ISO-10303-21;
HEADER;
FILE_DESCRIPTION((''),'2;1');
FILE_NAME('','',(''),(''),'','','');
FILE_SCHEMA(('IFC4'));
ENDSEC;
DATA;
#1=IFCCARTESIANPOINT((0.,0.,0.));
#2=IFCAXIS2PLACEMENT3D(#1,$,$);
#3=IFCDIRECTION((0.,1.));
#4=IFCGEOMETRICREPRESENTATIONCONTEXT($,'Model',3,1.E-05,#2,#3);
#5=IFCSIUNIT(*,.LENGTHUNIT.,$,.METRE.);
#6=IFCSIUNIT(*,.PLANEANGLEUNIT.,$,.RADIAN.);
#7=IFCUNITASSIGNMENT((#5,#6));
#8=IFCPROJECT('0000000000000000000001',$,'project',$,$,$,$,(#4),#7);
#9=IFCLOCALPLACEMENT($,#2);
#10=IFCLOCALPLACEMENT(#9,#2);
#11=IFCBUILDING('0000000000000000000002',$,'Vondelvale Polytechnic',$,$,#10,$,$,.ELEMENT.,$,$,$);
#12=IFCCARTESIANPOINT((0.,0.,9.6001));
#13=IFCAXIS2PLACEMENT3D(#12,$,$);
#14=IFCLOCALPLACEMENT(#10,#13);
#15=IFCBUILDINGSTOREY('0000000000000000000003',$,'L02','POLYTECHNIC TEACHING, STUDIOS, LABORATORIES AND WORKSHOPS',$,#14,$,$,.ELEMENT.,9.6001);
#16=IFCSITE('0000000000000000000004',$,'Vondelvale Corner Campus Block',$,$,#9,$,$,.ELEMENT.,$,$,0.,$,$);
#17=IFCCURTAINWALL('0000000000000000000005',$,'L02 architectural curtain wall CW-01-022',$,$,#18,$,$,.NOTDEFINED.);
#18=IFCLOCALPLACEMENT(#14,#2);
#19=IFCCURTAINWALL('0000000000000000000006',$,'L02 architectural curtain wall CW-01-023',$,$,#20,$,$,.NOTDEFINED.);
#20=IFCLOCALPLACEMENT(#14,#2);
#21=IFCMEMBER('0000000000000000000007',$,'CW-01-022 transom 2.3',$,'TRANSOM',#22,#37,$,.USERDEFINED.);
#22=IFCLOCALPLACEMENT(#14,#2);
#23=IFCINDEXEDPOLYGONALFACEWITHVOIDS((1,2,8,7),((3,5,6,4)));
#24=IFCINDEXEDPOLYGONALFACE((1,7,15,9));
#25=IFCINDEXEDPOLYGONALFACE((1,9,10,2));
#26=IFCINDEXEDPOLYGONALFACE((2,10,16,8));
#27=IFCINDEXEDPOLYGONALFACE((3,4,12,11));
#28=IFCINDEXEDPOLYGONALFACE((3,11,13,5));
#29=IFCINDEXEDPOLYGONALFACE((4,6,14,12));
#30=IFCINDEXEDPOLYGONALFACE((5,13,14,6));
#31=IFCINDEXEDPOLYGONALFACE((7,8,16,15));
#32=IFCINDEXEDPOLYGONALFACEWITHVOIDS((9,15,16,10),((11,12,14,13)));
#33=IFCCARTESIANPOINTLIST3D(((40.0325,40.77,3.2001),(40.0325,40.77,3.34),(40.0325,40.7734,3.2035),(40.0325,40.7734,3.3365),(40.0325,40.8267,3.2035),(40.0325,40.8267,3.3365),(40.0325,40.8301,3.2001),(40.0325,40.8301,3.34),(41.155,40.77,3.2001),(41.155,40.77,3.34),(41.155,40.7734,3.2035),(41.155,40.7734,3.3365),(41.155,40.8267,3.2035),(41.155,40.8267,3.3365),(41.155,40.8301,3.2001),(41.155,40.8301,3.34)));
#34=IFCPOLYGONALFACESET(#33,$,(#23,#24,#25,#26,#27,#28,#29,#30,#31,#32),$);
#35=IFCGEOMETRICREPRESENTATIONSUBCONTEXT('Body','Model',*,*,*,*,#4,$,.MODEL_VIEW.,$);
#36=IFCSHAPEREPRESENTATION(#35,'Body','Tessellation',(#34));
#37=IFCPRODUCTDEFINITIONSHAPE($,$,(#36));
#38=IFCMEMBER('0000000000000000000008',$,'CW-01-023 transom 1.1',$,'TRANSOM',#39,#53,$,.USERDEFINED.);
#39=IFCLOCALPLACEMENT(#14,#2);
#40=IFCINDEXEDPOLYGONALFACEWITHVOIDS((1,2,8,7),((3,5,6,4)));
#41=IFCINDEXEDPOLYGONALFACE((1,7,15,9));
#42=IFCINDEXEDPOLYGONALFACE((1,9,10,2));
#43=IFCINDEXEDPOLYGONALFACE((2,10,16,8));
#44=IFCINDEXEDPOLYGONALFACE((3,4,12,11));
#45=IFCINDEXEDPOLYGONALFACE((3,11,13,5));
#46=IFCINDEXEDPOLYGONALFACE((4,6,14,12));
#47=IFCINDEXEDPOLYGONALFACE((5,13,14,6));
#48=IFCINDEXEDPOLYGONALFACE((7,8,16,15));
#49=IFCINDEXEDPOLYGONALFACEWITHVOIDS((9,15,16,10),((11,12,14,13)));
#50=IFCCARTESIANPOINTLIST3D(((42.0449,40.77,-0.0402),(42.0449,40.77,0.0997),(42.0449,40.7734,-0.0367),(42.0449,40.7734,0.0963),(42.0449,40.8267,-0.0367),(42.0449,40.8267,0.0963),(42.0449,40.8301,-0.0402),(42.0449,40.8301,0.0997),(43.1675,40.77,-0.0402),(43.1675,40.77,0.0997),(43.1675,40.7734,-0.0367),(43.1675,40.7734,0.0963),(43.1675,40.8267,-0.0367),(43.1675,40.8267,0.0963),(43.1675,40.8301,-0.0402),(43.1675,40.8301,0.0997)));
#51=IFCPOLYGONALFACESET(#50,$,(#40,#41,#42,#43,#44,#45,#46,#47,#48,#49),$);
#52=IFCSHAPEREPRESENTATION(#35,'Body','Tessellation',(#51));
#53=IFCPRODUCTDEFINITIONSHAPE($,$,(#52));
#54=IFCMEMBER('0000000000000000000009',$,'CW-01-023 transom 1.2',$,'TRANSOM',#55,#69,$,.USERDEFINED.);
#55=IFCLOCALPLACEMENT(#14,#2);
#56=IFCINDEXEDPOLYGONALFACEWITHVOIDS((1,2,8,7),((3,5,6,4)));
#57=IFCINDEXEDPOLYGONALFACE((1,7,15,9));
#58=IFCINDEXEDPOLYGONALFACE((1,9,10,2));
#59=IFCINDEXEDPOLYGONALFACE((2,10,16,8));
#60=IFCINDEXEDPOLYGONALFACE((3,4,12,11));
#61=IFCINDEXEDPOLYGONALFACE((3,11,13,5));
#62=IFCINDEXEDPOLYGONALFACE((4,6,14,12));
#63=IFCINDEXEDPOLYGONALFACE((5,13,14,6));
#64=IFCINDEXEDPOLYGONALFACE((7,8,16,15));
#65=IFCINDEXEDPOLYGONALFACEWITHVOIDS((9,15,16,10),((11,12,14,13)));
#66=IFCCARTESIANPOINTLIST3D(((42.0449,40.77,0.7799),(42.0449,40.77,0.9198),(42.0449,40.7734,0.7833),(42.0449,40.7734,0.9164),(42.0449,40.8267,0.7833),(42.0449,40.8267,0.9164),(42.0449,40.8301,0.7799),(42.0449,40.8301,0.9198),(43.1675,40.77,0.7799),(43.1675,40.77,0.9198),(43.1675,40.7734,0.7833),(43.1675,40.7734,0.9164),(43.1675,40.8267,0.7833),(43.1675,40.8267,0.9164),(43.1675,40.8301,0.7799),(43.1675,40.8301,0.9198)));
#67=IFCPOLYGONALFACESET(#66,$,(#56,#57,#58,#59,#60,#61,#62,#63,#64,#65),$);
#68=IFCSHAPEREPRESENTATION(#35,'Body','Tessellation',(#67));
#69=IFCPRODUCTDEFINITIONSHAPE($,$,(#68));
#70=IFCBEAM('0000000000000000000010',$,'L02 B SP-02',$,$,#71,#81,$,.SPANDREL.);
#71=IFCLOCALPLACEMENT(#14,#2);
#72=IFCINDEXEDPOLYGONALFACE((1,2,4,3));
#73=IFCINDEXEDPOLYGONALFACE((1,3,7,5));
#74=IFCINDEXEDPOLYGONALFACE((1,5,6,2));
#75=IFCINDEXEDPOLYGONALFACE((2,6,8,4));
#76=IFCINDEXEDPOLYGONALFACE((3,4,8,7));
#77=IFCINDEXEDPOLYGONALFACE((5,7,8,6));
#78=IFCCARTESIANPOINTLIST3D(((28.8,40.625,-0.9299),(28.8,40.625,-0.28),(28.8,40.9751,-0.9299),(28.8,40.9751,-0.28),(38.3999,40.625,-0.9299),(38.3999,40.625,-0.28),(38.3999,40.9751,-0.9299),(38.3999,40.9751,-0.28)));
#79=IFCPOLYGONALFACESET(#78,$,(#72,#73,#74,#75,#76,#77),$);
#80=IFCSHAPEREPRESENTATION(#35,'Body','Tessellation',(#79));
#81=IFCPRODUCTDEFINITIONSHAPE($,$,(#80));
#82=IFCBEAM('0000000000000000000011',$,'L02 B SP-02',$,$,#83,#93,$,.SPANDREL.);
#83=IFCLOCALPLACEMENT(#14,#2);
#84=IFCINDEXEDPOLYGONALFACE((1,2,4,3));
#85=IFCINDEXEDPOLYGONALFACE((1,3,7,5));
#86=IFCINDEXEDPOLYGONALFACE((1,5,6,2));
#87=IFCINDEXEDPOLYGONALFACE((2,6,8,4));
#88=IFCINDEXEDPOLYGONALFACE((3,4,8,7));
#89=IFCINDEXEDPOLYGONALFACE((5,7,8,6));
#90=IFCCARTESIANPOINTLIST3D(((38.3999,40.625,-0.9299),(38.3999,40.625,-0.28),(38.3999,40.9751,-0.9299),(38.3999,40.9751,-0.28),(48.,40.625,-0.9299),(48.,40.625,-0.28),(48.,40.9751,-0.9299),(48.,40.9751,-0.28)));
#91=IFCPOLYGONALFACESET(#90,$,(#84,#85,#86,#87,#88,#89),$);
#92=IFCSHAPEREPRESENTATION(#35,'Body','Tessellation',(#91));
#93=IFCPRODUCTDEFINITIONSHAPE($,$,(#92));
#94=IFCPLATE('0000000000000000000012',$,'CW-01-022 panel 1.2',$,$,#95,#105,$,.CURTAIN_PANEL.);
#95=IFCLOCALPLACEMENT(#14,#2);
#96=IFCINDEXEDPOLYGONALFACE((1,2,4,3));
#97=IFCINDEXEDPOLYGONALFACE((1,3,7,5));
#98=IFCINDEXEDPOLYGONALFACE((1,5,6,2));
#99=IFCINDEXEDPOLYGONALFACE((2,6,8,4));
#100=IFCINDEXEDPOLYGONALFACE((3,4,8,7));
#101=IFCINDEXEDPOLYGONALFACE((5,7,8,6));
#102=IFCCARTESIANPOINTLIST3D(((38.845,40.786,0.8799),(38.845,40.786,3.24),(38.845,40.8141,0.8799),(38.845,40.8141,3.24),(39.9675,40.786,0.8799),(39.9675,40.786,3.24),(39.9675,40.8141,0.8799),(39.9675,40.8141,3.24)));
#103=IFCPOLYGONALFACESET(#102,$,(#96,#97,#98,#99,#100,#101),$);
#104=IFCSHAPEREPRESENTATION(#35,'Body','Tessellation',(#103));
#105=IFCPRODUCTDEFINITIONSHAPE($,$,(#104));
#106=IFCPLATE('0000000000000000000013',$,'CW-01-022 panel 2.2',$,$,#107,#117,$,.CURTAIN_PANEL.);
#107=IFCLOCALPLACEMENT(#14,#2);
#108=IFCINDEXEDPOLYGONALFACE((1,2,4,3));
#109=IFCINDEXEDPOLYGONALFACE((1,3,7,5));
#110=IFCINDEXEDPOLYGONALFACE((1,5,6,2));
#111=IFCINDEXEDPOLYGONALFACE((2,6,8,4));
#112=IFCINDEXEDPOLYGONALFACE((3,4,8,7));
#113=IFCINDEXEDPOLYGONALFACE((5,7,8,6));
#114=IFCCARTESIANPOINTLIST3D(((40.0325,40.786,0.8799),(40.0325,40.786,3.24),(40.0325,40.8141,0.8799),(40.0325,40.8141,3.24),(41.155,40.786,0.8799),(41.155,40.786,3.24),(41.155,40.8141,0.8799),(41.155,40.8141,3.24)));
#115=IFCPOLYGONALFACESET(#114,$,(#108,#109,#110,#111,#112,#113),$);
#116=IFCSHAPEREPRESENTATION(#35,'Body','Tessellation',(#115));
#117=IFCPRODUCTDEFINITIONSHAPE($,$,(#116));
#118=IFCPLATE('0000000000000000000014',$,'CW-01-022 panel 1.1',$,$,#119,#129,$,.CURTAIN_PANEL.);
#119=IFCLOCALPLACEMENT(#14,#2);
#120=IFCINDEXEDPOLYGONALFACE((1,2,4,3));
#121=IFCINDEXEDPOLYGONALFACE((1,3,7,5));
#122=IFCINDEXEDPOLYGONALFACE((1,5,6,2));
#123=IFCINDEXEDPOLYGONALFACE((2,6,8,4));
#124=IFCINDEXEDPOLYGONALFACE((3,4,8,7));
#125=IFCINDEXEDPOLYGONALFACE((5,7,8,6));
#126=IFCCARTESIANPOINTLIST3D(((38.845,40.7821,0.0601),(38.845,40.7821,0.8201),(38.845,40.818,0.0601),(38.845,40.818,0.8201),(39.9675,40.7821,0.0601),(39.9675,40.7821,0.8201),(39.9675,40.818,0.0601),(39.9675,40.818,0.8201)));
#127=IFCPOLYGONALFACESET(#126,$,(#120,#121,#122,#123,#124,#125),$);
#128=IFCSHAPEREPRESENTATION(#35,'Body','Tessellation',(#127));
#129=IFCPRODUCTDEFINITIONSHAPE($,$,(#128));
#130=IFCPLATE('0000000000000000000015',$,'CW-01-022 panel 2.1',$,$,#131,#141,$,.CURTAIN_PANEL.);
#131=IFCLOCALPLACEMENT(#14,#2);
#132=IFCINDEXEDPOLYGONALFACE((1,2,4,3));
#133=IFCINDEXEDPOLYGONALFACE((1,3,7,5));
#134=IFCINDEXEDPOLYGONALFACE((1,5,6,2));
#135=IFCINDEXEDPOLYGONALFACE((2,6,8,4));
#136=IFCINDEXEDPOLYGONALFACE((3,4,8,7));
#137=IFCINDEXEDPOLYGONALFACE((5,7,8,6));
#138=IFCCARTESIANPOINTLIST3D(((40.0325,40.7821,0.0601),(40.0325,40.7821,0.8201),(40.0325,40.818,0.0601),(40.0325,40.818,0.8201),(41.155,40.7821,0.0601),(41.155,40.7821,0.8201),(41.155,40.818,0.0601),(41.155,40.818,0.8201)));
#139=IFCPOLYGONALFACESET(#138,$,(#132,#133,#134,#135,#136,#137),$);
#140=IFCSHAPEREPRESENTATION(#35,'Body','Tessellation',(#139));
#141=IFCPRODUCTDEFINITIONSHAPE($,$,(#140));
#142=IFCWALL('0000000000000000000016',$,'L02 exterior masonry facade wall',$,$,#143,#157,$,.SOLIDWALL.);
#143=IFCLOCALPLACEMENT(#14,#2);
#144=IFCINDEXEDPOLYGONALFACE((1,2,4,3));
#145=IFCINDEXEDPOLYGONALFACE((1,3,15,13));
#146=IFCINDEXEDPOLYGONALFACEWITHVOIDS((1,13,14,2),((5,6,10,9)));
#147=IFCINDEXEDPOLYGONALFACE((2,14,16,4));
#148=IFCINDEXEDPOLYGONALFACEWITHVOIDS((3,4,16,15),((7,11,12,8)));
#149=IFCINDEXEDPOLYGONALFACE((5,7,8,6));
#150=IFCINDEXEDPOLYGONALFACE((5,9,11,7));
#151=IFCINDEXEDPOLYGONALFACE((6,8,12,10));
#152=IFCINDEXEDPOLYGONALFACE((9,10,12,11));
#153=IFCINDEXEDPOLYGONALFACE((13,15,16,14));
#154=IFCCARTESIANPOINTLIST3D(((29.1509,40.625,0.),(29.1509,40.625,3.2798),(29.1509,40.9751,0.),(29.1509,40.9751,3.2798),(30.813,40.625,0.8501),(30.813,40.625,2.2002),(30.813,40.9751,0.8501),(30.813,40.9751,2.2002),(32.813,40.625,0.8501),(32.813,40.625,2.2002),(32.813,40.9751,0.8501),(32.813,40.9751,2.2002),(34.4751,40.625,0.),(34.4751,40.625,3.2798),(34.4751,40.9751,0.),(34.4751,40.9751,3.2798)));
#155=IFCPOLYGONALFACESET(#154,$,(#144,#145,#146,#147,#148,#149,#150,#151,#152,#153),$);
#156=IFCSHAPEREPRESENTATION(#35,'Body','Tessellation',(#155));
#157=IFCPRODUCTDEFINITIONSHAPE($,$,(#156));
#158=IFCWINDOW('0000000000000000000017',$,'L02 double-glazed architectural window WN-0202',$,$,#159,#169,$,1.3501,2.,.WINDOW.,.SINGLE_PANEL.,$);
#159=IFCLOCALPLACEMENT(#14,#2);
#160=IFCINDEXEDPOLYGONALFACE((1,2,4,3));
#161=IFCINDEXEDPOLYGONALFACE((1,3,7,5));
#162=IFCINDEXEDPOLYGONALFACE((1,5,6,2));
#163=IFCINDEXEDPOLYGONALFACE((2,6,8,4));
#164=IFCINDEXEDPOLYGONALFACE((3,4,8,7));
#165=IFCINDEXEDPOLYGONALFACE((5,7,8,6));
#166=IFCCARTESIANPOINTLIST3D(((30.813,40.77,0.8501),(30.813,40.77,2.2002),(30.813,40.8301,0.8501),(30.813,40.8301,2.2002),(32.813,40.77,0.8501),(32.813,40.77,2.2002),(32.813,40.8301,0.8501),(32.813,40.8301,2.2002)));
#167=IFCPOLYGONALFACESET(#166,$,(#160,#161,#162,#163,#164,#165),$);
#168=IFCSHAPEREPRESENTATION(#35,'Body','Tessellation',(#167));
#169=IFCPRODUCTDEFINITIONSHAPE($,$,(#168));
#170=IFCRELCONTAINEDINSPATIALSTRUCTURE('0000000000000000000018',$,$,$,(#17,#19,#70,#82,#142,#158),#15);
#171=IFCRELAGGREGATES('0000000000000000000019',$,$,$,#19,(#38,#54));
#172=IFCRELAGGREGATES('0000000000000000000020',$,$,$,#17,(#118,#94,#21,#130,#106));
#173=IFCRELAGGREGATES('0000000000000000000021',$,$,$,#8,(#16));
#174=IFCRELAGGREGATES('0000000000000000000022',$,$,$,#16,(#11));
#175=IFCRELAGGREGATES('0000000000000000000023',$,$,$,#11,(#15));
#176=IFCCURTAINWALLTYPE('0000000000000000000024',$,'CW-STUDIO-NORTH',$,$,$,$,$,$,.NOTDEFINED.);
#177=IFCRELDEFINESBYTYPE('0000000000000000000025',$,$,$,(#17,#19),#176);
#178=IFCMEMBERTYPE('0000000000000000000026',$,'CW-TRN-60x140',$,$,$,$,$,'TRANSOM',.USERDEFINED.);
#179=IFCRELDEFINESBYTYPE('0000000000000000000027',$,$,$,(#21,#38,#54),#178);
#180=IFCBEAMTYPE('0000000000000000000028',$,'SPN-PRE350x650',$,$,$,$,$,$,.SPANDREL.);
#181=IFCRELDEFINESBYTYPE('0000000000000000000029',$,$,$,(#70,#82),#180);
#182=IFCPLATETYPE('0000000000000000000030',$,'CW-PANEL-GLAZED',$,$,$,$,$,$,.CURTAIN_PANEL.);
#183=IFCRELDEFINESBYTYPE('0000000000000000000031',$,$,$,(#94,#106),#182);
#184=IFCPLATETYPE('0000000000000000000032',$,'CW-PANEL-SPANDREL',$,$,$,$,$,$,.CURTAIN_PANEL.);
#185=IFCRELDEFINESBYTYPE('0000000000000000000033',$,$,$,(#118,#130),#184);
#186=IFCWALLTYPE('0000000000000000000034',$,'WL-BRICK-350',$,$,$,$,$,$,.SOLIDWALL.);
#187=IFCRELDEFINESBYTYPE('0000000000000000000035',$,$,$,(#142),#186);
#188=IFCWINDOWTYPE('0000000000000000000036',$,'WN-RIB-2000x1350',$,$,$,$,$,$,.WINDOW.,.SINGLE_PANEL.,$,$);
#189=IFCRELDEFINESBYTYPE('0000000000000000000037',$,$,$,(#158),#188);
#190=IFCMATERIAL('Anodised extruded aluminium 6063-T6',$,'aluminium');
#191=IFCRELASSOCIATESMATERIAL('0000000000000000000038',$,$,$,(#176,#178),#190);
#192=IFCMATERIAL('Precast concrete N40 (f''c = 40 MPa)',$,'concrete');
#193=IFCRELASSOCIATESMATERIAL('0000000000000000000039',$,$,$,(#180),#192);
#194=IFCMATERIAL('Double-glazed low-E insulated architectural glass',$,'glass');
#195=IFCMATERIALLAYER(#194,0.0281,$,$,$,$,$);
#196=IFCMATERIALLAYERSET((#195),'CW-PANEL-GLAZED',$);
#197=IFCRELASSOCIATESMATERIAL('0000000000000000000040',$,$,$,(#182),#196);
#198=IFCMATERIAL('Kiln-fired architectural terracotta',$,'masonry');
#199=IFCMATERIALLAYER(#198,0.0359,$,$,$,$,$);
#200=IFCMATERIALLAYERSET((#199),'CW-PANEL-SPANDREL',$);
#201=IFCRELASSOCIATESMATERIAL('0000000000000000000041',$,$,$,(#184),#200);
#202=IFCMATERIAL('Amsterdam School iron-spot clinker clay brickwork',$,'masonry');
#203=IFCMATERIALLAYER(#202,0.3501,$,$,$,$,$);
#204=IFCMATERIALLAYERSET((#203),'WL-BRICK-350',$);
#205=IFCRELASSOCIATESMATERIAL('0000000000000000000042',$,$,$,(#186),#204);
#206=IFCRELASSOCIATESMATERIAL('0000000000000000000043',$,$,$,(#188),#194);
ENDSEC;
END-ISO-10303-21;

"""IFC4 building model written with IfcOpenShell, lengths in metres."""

from ifc_helpers import new_model, si_unit, direction, frame, frame_2d, origin, origin_2d, place, context, subcontext, project, spatial, rectangle, hollow_rectangle, extrude, material, layer, layer_set, material_profile, profile_set, type_object, element, fill, aggregate, save


model = new_model("IFC4")

# Units and contexts
model_context = context("Model", 3, precision=1e-05, world=origin(), true_north=direction((0.0, 1.0)))
body_context = subcontext(model_context, "Body", "Model", "MODEL_VIEW")
ifc_project = project(units=[si_unit("LENGTHUNIT", "METRE"), si_unit("PLANEANGLEUNIT", "RADIAN")], contexts=[model_context])

# Site, building, storey
site_placement = place(None, origin())
site = spatial("IfcSite", under=ifc_project, at=site_placement, Name="Vondelvale Corner Campus Block", CompositionType="ELEMENT", RefElevation=0.0)
building_placement = place(site_placement, origin())
building = spatial("IfcBuilding", under=site, at=building_placement, Name="Vondelvale Polytechnic", CompositionType="ELEMENT")
storey_placement = place(building_placement, frame((0.0, 0.0, 9.6001)))
storey = spatial("IfcBuildingStorey", under=building, at=storey_placement, Name="L02", Description="POLYTECHNIC TEACHING, STUDIOS, LABORATORIES AND WORKSHOPS", CompositionType="ELEMENT", Elevation=9.6001)

# Curtain wall
ifc_material_1 = material(Name="Anodised extruded aluminium 6063-T6", Category="aluminium")
curtain_wall_type = type_object("IfcCurtainWallType", Name="CW-STUDIO-NORTH", PredefinedType="NOTDEFINED", material=ifc_material_1)
curtain_wall_1_placement = place(storey_placement, origin())
curtain_wall_1 = element("IfcCurtainWall", 1, at=curtain_wall_1_placement, inside=storey, type_object=curtain_wall_type, Name="L02 architectural curtain wall CW-01-022", PredefinedType="NOTDEFINED")

# Curtain wall
curtain_wall_2_placement = place(storey_placement, origin())
curtain_wall_2 = element("IfcCurtainWall", 2, at=curtain_wall_2_placement, inside=storey, type_object=curtain_wall_type, Name="L02 architectural curtain wall CW-01-023", PredefinedType="NOTDEFINED")

# Members
ifc_material_profile_1 = material_profile(ifc_material_1, hollow_rectangle(XDim=0.0601, YDim=0.1399, WallThickness=0.0034, at=origin_2d()), Name="CW-TRN-140x60")
ifc_profile_set_1 = profile_set([ifc_material_profile_1], Name="Anodised extruded aluminium 6063-T6")
member_type_1 = type_object("IfcMemberType", Name="CW-TRN-60x140", ElementType="TRANSOM", PredefinedType="USERDEFINED", material=ifc_profile_set_1)
member_1_placement = place(storey_placement, frame((40.0325, 40.8, 3.27), z_axis=(1.0, 0.0, 0.0), x_axis=(0.0, 1.0, 0.0)))
member_1 = element("IfcMember", 3, at=member_1_placement, type_object=member_type_1, Name="CW-01-022 transom 2.3", ObjectType="TRANSOM", PredefinedType="USERDEFINED", context=body_context, shape_type="SweptSolid", body=[
    extrude(hollow_rectangle(XDim=0.0601, YDim=0.1399, WallThickness=0.0034, at=origin_2d()), origin(), (0.0, 0.0, 1.0), 1.1226),
])
member_2_placement = place(storey_placement, frame((42.0449, 40.8, 0.0298), z_axis=(1.0, 0.0, 0.0), x_axis=(0.0, 1.0, 0.0)))
member_2 = element("IfcMember", 4, at=member_2_placement, type_object=member_type_1, Name="CW-01-023 transom 1.1", ObjectType="TRANSOM", PredefinedType="USERDEFINED", context=body_context, shape_type="SweptSolid", body=[
    extrude(hollow_rectangle(XDim=0.0601, YDim=0.1399, WallThickness=0.0034, at=origin_2d()), origin(), (0.0, 0.0, 1.0), 1.1226),
])
member_3_placement = place(storey_placement, frame((42.0449, 40.8, 0.8499), z_axis=(1.0, 0.0, 0.0), x_axis=(0.0, 1.0, 0.0)))
member_3 = element("IfcMember", 5, at=member_3_placement, type_object=member_type_1, Name="CW-01-023 transom 1.2", ObjectType="TRANSOM", PredefinedType="USERDEFINED", context=body_context, shape_type="SweptSolid", body=[
    extrude(hollow_rectangle(XDim=0.0601, YDim=0.1399, WallThickness=0.0034, at=origin_2d()), origin(), (0.0, 0.0, 1.0), 1.1226),
])
aggregate(curtain_wall_2, [member_2, member_3])

# Beams
ifc_material_2 = material(Name="Precast concrete N40 (f'c = 40 MPa)", Category="concrete")
ifc_material_profile_2 = material_profile(ifc_material_2, rectangle(XDim=0.3501, YDim=0.6499, at=origin_2d()), Name="RC-SPN-350x650")
ifc_profile_set_2 = profile_set([ifc_material_profile_2], Name="Precast concrete N40 (f'c = 40 MPa)")
beam_type = type_object("IfcBeamType", Name="SPN-PRE350x650", PredefinedType="SPANDREL", material=ifc_profile_set_2)
beam_1_placement = place(storey_placement, frame((28.8, 40.8, -0.605), z_axis=(1.0, 0.0, 0.0), x_axis=(0.0, 1.0, 0.0)))
element("IfcBeam", 6, at=beam_1_placement, inside=storey, type_object=beam_type, Name="L02 B SP-02", PredefinedType="SPANDREL", context=body_context, shape_type="SweptSolid", body=[
    extrude(rectangle(XDim=0.3501, YDim=0.6499, at=origin_2d()), origin(), (0.0, 0.0, 1.0), 9.5999),
])
beam_2_placement = place(storey_placement, frame((38.3999, 40.8, -0.605), z_axis=(1.0, 0.0, 0.0), x_axis=(0.0, 1.0, 0.0)))
element("IfcBeam", 7, at=beam_2_placement, inside=storey, type_object=beam_type, Name="L02 B SP-02", PredefinedType="SPANDREL", context=body_context, shape_type="SweptSolid", body=[
    extrude(rectangle(XDim=0.3501, YDim=0.6499, at=origin_2d()), origin(), (0.0, 0.0, 1.0), 9.6001),
])

# Plates
ifc_material_3 = material(Name="Double-glazed low-E insulated architectural glass", Category="glass")
ifc_layer_1 = layer(ifc_material_3, 0.0281)
ifc_layer_set_1 = layer_set([ifc_layer_1], Name="CW-PANEL-GLAZED")
plate_type_1 = type_object("IfcPlateType", Name="CW-PANEL-GLAZED", PredefinedType="CURTAIN_PANEL", material=ifc_layer_set_1)
plate_1_placement = place(storey_placement, frame((39.4062, 40.8, 0.8799), z_axis=(0.0, 0.0, 1.0), x_axis=(1.0, 0.0, 0.0)))
plate_1 = element("IfcPlate", 8, at=plate_1_placement, type_object=plate_type_1, Name="CW-01-022 panel 1.2", PredefinedType="CURTAIN_PANEL", context=body_context, shape_type="SweptSolid", body=[
    extrude(rectangle(XDim=1.1226, YDim=0.0281, at=origin_2d()), origin(), (0.0, 0.0, 1.0), 2.3601),
])
plate_2_placement = place(storey_placement, frame((40.5938, 40.8, 0.8799), z_axis=(0.0, 0.0, 1.0), x_axis=(1.0, 0.0, 0.0)))
plate_2 = element("IfcPlate", 9, at=plate_2_placement, type_object=plate_type_1, Name="CW-01-022 panel 2.2", PredefinedType="CURTAIN_PANEL", context=body_context, shape_type="SweptSolid", body=[
    extrude(rectangle(XDim=1.1226, YDim=0.0281, at=origin_2d()), origin(), (0.0, 0.0, 1.0), 2.3601),
])
ifc_material_4 = material(Name="Kiln-fired architectural terracotta", Category="masonry")
ifc_layer_2 = layer(ifc_material_4, 0.0359)
ifc_layer_set_2 = layer_set([ifc_layer_2], Name="CW-PANEL-SPANDREL")
plate_type_2 = type_object("IfcPlateType", Name="CW-PANEL-SPANDREL", PredefinedType="CURTAIN_PANEL", material=ifc_layer_set_2)
plate_3_placement = place(storey_placement, frame((39.4062, 40.8, 0.0601), z_axis=(0.0, 0.0, 1.0), x_axis=(1.0, 0.0, 0.0)))
plate_3 = element("IfcPlate", 10, at=plate_3_placement, type_object=plate_type_2, Name="CW-01-022 panel 1.1", PredefinedType="CURTAIN_PANEL", context=body_context, shape_type="SweptSolid", body=[
    extrude(rectangle(XDim=1.1226, YDim=0.0359, at=origin_2d()), origin(), (0.0, 0.0, 1.0), 0.76),
])
plate_4_placement = place(storey_placement, frame((40.5938, 40.8, 0.0601), z_axis=(0.0, 0.0, 1.0), x_axis=(1.0, 0.0, 0.0)))
plate_4 = element("IfcPlate", 11, at=plate_4_placement, type_object=plate_type_2, Name="CW-01-022 panel 2.1", PredefinedType="CURTAIN_PANEL", context=body_context, shape_type="SweptSolid", body=[
    extrude(rectangle(XDim=1.1226, YDim=0.0359, at=origin_2d()), origin(), (0.0, 0.0, 1.0), 0.76),
])
aggregate(curtain_wall_1, [plate_3, plate_1, member_1, plate_4, plate_2])

# Wall, opening, window
ifc_material_5 = material(Name="Amsterdam School iron-spot clinker clay brickwork", Category="masonry")
ifc_layer_3 = layer(ifc_material_5, 0.3501)
ifc_layer_set_3 = layer_set([ifc_layer_3], Name="WL-BRICK-350")
wall_type = type_object("IfcWallType", Name="WL-BRICK-350", PredefinedType="SOLIDWALL", material=ifc_layer_set_3)
wall_1_placement = place(storey_placement, frame((29.1509, 40.8, 0.0), z_axis=(0.0, 0.0, 1.0), x_axis=(1.0, 0.0, 0.0)))
wall_1 = element("IfcWall", 12, at=wall_1_placement, inside=storey, type_object=wall_type, Name="L02 exterior masonry facade wall", PredefinedType="SOLIDWALL", context=body_context, shape_type="SweptSolid", body=[
    extrude(rectangle(XDim=5.3242, YDim=0.3501, at=frame_2d((2.6621, 0.0))), origin(), (0.0, 0.0, 1.0), 3.2798),
])
opening_1_placement = place(wall_1_placement, frame((1.6621, 0.0, 0.8501)))
opening_1 = element("IfcOpeningElement", 13, at=opening_1_placement, cuts=wall_1, PredefinedType="OPENING", context=body_context, shape_type="SweptSolid", body=[
    extrude(rectangle(XDim=2.0, YDim=1.3501, at=frame_2d((1.0, 0.675))), frame((0.0, 0.1851, 0.0), z_axis=(0.0, -1.0, 0.0), x_axis=(1.0, 0.0, 0.0)), (0.0, 0.0, 1.0), 0.3701),
])
window_type_1 = type_object("IfcWindowType", Name="WN-RIB-2000x1350", PartitioningType="SINGLE_PANEL", PredefinedType="WINDOW", material=ifc_material_3)
window_1_placement = place(opening_1_placement, origin())
window_1 = element("IfcWindow", 14, at=window_1_placement, inside=storey, type_object=window_type_1, Name="L02 double-glazed architectural window WN-0202", OverallHeight=1.3501, OverallWidth=2.0, PartitioningType="SINGLE_PANEL", PredefinedType="WINDOW", context=body_context, shape_type="SweptSolid", body=[
    extrude(rectangle(XDim=2.0, YDim=1.3501, at=frame_2d((1.0, 0.675))), frame((0.0, 0.03, 0.0), z_axis=(0.0, -1.0, 0.0), x_axis=(1.0, 0.0, 0.0)), (0.0, 0.0, 1.0), 0.0601),
])
fill(opening_1, window_1)

save(model, "model.ifc")
